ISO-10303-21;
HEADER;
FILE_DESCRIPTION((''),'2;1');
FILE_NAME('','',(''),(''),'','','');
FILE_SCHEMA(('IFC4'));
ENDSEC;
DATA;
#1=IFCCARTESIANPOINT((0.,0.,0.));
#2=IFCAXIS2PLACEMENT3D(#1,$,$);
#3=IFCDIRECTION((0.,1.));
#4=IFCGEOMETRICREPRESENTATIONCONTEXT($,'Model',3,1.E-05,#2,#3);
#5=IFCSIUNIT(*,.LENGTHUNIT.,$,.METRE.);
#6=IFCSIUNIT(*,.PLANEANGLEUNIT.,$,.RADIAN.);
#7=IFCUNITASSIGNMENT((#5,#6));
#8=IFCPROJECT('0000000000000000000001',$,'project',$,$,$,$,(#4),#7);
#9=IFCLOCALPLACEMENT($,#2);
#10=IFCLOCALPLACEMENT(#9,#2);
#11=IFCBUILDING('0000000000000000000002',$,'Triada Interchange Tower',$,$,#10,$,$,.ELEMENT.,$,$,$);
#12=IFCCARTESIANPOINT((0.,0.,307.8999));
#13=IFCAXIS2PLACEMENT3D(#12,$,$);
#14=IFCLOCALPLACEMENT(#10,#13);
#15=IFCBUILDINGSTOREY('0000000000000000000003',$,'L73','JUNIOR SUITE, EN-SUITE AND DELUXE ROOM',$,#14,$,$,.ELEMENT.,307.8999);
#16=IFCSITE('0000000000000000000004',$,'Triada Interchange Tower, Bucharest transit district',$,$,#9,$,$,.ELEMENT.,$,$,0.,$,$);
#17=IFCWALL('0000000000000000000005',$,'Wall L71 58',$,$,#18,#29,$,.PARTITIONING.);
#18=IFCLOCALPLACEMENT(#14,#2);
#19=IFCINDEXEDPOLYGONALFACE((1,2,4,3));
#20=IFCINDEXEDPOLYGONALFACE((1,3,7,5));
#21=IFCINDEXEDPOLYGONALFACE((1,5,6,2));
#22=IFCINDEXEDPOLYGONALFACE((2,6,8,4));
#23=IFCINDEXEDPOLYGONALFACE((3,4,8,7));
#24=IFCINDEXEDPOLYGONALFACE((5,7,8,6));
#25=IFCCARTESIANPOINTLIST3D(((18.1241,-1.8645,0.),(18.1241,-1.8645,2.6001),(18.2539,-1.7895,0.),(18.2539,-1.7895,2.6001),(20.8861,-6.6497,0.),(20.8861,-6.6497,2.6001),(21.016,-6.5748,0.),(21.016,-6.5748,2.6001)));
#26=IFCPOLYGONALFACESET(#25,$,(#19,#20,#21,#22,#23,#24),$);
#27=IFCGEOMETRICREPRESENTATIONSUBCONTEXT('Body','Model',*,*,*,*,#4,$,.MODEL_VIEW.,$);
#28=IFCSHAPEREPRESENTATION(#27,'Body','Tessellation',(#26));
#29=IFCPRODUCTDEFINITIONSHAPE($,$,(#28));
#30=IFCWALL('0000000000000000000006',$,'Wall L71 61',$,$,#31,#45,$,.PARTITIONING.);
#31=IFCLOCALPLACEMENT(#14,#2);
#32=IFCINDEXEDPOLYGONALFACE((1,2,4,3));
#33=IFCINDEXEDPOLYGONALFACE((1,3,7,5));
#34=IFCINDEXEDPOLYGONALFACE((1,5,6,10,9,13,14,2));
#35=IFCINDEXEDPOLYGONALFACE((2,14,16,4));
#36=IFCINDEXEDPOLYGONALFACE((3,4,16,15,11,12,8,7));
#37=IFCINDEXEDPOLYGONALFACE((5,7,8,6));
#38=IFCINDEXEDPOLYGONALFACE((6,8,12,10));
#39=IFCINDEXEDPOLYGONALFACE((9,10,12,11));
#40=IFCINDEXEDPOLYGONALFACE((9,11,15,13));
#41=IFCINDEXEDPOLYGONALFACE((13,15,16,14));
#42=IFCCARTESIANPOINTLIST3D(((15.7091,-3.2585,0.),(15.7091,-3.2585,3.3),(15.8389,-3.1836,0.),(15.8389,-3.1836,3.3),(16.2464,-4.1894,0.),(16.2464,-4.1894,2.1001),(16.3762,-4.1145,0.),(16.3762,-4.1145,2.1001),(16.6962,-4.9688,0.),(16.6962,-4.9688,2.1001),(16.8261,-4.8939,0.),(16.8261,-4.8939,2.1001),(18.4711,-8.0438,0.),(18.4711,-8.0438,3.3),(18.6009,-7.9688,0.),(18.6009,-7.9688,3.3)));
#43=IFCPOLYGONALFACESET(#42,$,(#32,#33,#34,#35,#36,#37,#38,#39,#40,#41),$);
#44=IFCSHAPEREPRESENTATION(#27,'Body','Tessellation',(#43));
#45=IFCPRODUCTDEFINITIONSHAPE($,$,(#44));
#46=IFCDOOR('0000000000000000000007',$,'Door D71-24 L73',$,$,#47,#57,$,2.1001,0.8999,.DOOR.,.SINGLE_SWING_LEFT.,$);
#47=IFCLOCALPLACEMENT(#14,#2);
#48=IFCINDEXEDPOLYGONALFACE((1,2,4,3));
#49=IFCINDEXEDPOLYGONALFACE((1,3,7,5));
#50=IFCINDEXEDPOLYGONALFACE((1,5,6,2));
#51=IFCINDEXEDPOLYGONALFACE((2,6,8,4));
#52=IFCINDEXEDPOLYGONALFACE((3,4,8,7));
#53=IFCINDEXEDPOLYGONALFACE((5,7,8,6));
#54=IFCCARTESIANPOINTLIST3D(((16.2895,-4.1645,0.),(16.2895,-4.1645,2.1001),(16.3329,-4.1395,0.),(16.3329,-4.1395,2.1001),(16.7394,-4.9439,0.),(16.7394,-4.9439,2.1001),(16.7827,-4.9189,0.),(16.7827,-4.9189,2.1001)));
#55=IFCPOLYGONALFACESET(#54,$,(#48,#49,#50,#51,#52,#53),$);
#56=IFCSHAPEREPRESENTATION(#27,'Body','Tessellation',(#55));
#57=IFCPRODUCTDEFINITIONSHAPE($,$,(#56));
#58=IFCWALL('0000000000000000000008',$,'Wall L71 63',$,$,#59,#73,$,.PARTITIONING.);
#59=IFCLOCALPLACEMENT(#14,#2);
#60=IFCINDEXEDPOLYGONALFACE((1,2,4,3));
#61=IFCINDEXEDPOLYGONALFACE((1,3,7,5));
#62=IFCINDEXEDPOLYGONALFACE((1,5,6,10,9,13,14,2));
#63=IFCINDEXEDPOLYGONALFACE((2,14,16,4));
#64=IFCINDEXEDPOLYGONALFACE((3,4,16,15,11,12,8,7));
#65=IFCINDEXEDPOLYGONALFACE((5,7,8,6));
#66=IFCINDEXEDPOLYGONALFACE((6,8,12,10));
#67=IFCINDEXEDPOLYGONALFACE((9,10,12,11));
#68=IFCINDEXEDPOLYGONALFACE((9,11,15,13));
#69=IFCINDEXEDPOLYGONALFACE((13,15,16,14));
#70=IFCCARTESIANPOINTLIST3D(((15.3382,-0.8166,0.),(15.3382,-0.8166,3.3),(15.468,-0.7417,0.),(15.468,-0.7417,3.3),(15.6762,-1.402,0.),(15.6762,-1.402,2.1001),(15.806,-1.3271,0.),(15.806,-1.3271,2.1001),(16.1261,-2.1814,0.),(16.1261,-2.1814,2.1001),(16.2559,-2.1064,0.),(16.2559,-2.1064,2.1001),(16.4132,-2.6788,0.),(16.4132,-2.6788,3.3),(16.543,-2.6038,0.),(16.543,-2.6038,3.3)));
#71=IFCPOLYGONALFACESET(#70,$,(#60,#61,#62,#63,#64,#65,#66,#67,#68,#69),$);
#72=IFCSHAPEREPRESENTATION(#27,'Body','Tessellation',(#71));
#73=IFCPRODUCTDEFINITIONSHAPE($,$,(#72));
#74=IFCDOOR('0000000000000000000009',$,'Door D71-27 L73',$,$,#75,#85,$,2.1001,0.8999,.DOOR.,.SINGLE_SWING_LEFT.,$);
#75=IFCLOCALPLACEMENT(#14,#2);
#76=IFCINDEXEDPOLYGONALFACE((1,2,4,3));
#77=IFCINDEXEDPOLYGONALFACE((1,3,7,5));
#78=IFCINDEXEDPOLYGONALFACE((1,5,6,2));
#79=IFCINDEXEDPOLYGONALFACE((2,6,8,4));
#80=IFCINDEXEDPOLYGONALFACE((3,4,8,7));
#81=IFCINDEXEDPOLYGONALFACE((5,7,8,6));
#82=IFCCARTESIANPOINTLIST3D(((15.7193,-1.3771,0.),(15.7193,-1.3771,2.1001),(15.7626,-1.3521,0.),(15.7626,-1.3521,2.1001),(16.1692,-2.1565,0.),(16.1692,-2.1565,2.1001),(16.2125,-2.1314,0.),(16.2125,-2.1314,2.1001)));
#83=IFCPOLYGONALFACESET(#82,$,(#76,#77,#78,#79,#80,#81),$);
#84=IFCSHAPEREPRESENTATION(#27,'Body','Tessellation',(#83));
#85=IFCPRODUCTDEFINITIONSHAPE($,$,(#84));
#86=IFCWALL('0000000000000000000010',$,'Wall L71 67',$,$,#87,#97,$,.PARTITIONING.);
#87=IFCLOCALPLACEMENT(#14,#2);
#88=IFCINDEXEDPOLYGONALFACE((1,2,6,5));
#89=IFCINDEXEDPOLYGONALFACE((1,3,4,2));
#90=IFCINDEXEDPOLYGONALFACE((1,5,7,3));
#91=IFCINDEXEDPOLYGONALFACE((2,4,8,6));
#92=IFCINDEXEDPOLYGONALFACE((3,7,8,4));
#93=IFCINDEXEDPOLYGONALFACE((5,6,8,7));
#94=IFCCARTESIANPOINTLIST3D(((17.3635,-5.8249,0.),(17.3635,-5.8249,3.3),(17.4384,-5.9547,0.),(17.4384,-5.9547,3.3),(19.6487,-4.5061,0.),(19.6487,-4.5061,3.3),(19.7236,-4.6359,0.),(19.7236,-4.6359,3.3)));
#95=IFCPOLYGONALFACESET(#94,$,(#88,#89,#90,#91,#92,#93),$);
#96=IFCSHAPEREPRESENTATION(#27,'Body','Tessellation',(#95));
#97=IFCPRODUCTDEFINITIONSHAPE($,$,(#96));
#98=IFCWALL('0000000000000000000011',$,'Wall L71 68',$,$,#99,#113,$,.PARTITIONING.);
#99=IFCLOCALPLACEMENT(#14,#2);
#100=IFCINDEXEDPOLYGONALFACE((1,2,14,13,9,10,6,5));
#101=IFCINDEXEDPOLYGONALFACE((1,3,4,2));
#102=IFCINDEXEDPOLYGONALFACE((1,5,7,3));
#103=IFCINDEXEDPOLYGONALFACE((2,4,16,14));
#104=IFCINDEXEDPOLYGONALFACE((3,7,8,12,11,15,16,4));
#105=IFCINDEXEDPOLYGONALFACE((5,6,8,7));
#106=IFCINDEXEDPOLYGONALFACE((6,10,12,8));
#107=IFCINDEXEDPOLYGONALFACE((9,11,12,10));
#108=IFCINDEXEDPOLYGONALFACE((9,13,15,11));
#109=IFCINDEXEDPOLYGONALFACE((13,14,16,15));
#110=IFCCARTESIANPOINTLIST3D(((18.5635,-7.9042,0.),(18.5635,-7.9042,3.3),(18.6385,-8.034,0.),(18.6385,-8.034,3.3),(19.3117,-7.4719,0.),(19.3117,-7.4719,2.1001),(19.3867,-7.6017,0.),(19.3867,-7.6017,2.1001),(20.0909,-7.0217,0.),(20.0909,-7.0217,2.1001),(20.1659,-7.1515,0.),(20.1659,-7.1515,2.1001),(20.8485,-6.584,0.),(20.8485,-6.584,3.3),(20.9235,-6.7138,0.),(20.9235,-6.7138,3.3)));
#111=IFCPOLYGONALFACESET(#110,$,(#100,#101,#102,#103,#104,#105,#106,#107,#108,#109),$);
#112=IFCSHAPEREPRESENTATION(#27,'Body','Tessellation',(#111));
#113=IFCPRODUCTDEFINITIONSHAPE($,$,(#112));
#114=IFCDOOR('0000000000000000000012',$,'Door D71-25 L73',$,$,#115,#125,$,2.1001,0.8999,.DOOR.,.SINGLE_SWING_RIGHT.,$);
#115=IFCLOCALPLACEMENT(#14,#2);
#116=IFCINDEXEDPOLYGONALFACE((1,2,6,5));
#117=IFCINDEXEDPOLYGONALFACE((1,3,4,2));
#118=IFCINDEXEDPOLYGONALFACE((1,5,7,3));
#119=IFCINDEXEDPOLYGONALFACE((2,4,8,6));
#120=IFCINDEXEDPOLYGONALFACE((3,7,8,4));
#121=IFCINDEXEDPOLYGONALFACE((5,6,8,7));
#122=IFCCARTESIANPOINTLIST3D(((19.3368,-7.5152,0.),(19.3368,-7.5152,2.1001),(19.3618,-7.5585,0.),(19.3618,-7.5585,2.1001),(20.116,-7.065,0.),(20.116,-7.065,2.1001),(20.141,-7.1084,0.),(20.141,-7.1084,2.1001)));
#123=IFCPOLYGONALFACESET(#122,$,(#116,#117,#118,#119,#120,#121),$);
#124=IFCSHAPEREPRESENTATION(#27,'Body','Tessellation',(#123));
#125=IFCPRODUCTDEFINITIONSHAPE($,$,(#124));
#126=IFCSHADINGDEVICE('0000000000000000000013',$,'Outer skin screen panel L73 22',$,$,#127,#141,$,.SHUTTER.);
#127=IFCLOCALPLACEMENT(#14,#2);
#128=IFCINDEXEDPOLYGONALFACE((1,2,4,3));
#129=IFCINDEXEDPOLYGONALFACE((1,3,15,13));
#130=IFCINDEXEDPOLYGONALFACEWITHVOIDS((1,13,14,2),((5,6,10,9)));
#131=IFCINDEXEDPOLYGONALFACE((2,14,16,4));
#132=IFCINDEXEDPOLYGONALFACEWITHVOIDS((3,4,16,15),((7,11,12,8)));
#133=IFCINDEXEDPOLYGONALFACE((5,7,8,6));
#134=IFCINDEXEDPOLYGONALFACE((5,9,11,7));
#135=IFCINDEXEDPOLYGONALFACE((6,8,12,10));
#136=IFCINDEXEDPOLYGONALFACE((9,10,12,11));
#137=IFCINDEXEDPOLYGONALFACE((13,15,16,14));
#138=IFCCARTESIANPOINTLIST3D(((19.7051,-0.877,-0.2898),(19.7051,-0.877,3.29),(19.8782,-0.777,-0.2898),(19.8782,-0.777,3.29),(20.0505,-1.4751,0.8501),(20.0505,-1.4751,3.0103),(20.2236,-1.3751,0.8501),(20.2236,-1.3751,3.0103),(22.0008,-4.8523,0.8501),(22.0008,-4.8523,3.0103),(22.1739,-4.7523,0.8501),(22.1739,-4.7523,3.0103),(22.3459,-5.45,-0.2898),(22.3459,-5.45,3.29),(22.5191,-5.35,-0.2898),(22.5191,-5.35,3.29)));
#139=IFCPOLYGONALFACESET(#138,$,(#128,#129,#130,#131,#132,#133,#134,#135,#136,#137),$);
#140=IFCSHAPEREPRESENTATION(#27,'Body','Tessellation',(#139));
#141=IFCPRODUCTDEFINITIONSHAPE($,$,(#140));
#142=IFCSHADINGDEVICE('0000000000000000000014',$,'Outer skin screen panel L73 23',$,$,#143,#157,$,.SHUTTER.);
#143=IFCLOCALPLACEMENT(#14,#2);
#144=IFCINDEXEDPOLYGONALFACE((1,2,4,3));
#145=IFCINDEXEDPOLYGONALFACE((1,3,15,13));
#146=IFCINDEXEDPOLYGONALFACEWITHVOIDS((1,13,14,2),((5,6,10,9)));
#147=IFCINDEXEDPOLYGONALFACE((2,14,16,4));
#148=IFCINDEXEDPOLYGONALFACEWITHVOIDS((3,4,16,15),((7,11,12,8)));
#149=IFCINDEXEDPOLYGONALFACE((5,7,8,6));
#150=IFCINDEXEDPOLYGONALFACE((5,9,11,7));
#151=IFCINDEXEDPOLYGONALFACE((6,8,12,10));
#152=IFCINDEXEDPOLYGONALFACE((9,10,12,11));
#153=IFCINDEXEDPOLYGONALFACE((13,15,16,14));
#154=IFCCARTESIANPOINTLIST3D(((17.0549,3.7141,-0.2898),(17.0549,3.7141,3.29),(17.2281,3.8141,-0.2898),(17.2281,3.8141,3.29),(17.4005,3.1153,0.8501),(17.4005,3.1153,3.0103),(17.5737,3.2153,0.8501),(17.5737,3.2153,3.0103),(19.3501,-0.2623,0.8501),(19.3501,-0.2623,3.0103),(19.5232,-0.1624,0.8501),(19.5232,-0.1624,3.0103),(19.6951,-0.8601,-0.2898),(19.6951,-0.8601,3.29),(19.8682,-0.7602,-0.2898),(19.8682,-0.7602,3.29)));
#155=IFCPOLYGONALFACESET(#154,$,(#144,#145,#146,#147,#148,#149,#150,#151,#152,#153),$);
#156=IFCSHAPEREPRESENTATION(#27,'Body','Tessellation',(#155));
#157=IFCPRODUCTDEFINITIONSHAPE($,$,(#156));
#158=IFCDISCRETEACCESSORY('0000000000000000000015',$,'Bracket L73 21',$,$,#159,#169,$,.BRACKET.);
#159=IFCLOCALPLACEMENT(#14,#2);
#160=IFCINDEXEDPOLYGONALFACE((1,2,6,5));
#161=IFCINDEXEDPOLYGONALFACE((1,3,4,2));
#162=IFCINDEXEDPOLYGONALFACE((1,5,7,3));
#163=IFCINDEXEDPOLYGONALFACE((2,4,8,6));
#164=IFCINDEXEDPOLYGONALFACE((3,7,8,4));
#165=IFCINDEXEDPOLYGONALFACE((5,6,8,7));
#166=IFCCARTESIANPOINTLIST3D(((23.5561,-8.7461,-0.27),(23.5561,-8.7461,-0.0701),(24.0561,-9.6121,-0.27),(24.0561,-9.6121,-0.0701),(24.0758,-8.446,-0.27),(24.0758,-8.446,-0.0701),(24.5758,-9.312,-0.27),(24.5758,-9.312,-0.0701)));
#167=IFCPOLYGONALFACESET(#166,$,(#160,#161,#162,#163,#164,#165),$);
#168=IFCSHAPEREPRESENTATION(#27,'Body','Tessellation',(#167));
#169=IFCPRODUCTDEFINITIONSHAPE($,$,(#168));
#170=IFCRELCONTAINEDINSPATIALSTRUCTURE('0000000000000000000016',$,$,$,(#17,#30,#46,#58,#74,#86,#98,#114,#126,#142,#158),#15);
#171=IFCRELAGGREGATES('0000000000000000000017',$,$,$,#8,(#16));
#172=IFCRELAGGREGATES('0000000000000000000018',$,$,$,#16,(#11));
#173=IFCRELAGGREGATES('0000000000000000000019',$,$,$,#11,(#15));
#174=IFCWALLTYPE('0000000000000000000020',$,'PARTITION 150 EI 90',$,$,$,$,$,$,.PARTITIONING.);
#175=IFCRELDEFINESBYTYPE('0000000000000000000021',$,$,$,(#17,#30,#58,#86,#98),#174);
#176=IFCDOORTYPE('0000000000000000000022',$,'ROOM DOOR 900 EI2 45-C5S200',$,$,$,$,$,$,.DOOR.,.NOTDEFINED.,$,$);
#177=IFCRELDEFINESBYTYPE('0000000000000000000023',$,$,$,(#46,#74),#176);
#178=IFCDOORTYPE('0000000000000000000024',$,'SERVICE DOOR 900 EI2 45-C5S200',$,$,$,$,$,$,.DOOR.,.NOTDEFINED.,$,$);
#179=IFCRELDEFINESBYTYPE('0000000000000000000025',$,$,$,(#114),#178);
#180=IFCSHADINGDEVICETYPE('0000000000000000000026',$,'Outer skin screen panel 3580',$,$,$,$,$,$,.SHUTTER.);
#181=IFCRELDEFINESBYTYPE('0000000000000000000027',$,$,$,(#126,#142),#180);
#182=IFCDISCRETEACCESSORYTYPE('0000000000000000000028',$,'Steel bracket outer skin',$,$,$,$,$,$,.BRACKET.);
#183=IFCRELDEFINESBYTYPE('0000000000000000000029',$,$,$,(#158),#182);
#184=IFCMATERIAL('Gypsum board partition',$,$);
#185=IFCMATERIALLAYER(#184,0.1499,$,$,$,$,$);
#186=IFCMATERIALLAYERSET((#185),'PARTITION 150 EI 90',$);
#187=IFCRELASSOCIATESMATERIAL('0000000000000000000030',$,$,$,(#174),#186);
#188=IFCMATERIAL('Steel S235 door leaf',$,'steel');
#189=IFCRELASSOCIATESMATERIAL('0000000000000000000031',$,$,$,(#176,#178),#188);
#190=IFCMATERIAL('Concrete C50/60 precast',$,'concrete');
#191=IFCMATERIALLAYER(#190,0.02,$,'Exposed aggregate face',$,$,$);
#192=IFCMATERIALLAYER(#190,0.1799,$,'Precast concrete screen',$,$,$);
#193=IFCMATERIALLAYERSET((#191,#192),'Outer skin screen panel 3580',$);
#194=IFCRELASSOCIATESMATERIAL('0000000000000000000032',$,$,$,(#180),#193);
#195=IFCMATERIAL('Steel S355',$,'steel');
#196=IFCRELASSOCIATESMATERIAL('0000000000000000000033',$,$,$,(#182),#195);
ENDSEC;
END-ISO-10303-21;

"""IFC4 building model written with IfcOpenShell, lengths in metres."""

from ifc_helpers import new_model, si_unit, direction, frame, frame_2d, origin, origin_2d, place, context, subcontext, project, spatial, polyline, rectangle, outline, extrude, material, layer, layer_set, type_object, element, fill, save


model = new_model("IFC4")

# Units and contexts
model_context = context("Model", 3, precision=1e-05, world=origin(), true_north=direction((0.0, 1.0)))
body_context = subcontext(model_context, "Body", "Model", "MODEL_VIEW")
ifc_project = project(units=[si_unit("LENGTHUNIT", "METRE"), si_unit("PLANEANGLEUNIT", "RADIAN")], contexts=[model_context])

# Site, building, storey
site_placement = place(None, origin())
site = spatial("IfcSite", under=ifc_project, at=site_placement, Name="Triada Interchange Tower, Bucharest transit district", CompositionType="ELEMENT", RefElevation=0.0)
building_placement = place(site_placement, origin())
building = spatial("IfcBuilding", under=site, at=building_placement, Name="Triada Interchange Tower", CompositionType="ELEMENT")
storey_placement = place(building_placement, frame((0.0, 0.0, 307.8999)))
storey = spatial("IfcBuildingStorey", under=building, at=storey_placement, Name="L73", Description="JUNIOR SUITE, EN-SUITE AND DELUXE ROOM", CompositionType="ELEMENT", Elevation=307.8999)

# Wall
ifc_material_1 = material(Name="Gypsum board partition")
ifc_layer_1 = layer(ifc_material_1, 0.1499)
ifc_layer_set_1 = layer_set([ifc_layer_1], Name="PARTITION 150 EI 90")
wall_type_1 = type_object("IfcWallType", Name="PARTITION 150 EI 90", PredefinedType="PARTITIONING", material=ifc_layer_set_1)
wall_1_placement = place(storey_placement, frame((18.189, -1.8269, 0.0), z_axis=(0.0, 0.0, 1.0), x_axis=(0.499898, -0.866084, 0.0)))
element("IfcWall", 1, at=wall_1_placement, inside=storey, type_object=wall_type_1, Name="Wall L71 58", PredefinedType="PARTITIONING", context=body_context, shape_type="SweptSolid", body=[
    extrude(rectangle(XDim=5.5251, YDim=0.1499, at=frame_2d((2.7627, 0.0))), origin(), (0.0, 0.0, 1.0), 2.6001),
])

# Walls, openings, doors
wall_2_placement = place(storey_placement, frame((15.7739, -3.2209, 0.0), z_axis=(0.0, 0.0, 1.0), x_axis=(0.499898, -0.866084, 0.0)))
wall_2 = element("IfcWall", 2, at=wall_2_placement, inside=storey, type_object=wall_type_1, Name="Wall L71 61", PredefinedType="PARTITIONING", context=body_context, shape_type="SweptSolid", body=[
    extrude(rectangle(XDim=5.5251, YDim=0.1499, at=frame_2d((2.7627, 0.0))), origin(), (0.0, 0.0, 1.0), 3.3),
])
opening_1_placement = place(wall_2_placement, frame((1.075, 0.0, 0.0)))
opening_1 = element("IfcOpeningElement", 3, at=opening_1_placement, cuts=wall_2, PredefinedType="OPENING", context=body_context, shape_type="SweptSolid", body=[
    extrude(rectangle(XDim=0.8999, YDim=2.1001, at=frame_2d((0.45, 1.05))), frame((0.0, 0.085, 0.0), z_axis=(0.0, -1.0, 0.0), x_axis=(1.0, 0.0, 0.0)), (0.0, 0.0, 1.0), 0.1699),
])
ifc_material_2 = material(Name="Steel S235 door leaf", Category="steel")
door_type_1 = type_object("IfcDoorType", Name="ROOM DOOR 900 EI2 45-C5S200", OperationType="NOTDEFINED", PredefinedType="DOOR", material=ifc_material_2)
door_1_placement = place(opening_1_placement, origin())
door_1 = element("IfcDoor", 4, at=door_1_placement, inside=storey, type_object=door_type_1, Name="Door D71-24 L73", OperationType="SINGLE_SWING_LEFT", OverallHeight=2.1001, OverallWidth=0.8999, PredefinedType="DOOR", context=body_context, shape_type="SweptSolid", body=[
    extrude(rectangle(XDim=0.8999, YDim=2.1001, at=frame_2d((0.45, 1.05))), frame((0.0, 0.0249, 0.0), z_axis=(0.0, -1.0, 0.0), x_axis=(1.0, 0.0, 0.0)), (0.0, 0.0, 1.0), 0.05),
])
fill(opening_1, door_1)
wall_3_placement = place(storey_placement, frame((15.4031, -0.7791, 0.0), z_axis=(0.0, 0.0, 1.0), x_axis=(0.499962, -0.866048, 0.0)))
wall_3 = element("IfcWall", 5, at=wall_3_placement, inside=storey, type_object=wall_type_1, Name="Wall L71 63", PredefinedType="PARTITIONING", context=body_context, shape_type="SweptSolid", body=[
    extrude(rectangle(XDim=2.1501, YDim=0.1499, at=frame_2d((1.0752, 0.0))), origin(), (0.0, 0.0, 1.0), 3.3),
])
opening_2_placement = place(wall_3_placement, frame((0.676, 0.0, 0.0)))
opening_2 = element("IfcOpeningElement", 6, at=opening_2_placement, cuts=wall_3, PredefinedType="OPENING", context=body_context, shape_type="SweptSolid", body=[
    extrude(rectangle(XDim=0.8999, YDim=2.1001, at=frame_2d((0.45, 1.05))), frame((0.0, 0.085, 0.0), z_axis=(0.0, -1.0, 0.0), x_axis=(1.0, 0.0, 0.0)), (0.0, 0.0, 1.0), 0.1699),
])
door_2_placement = place(opening_2_placement, origin())
door_2 = element("IfcDoor", 7, at=door_2_placement, inside=storey, type_object=door_type_1, Name="Door D71-27 L73", OperationType="SINGLE_SWING_LEFT", OverallHeight=2.1001, OverallWidth=0.8999, PredefinedType="DOOR", context=body_context, shape_type="SweptSolid", body=[
    extrude(rectangle(XDim=0.8999, YDim=2.1001, at=frame_2d((0.45, 1.05))), frame((0.0, 0.0249, 0.0), z_axis=(0.0, -1.0, 0.0), x_axis=(1.0, 0.0, 0.0)), (0.0, 0.0, 1.0), 0.05),
])
fill(opening_2, door_2)

# Wall
wall_4_placement = place(storey_placement, frame((17.4009, -5.8899, 0.0), z_axis=(0.0, 0.0, 1.0), x_axis=(0.866105, 0.499861, 0.0)))
element("IfcWall", 8, at=wall_4_placement, inside=storey, type_object=wall_type_1, Name="Wall L71 67", PredefinedType="PARTITIONING", context=body_context, shape_type="SweptSolid", body=[
    extrude(rectangle(XDim=2.6384, YDim=0.1499, at=frame_2d((1.3193, 0.0))), origin(), (0.0, 0.0, 1.0), 3.3),
])

# Wall, opening, door
wall_5_placement = place(storey_placement, frame((18.6011, -7.969, 0.0), z_axis=(0.0, 0.0, 1.0), x_axis=(0.865882, 0.500248, 0.0)))
wall_5 = element("IfcWall", 9, at=wall_5_placement, inside=storey, type_object=wall_type_1, Name="Wall L71 68", PredefinedType="PARTITIONING", context=body_context, shape_type="SweptSolid", body=[
    extrude(rectangle(XDim=2.6389, YDim=0.1499, at=frame_2d((1.3193, 0.0))), origin(), (0.0, 0.0, 1.0), 3.3),
])
opening_3_placement = place(wall_5_placement, frame((0.864, 0.0, 0.0)))
opening_3 = element("IfcOpeningElement", 10, at=opening_3_placement, cuts=wall_5, PredefinedType="OPENING", context=body_context, shape_type="SweptSolid", body=[
    extrude(rectangle(XDim=0.8999, YDim=2.1001, at=frame_2d((0.45, 1.05))), frame((0.0, 0.085, 0.0), z_axis=(0.0, -1.0, 0.0), x_axis=(1.0, 0.0, 0.0)), (0.0, 0.0, 1.0), 0.1699),
])
door_type_2 = type_object("IfcDoorType", Name="SERVICE DOOR 900 EI2 45-C5S200", OperationType="NOTDEFINED", PredefinedType="DOOR", material=ifc_material_2)
door_3_placement = place(opening_3_placement, origin())
door_3 = element("IfcDoor", 11, at=door_3_placement, inside=storey, type_object=door_type_2, Name="Door D71-25 L73", OperationType="SINGLE_SWING_RIGHT", OverallHeight=2.1001, OverallWidth=0.8999, PredefinedType="DOOR", context=body_context, shape_type="SweptSolid", body=[
    extrude(rectangle(XDim=0.8999, YDim=2.1001, at=frame_2d((0.45, 1.05))), frame((0.0, 0.0249, 0.0), z_axis=(0.0, -1.0, 0.0), x_axis=(1.0, 0.0, 0.0)), (0.0, 0.0, 1.0), 0.05),
])
fill(opening_3, door_3)

# Shading devices
ifc_material_3 = material(Name="Concrete C50/60 precast", Category="concrete")
ifc_layer_2 = layer(ifc_material_3, 0.02, Name="Exposed aggregate face")
ifc_layer_3 = layer(ifc_material_3, 0.1799, Name="Precast concrete screen")
ifc_layer_set_2 = layer_set([ifc_layer_2, ifc_layer_3], Name="Outer skin screen panel 3580")
shading_device_type = type_object("IfcShadingDeviceType", Name="Outer skin screen panel 3580", PredefinedType="SHUTTER", material=ifc_layer_set_2)
shading_device_1_placement = place(storey_placement, frame((22.3459, -5.45, -0.2898), z_axis=(0.0, 0.0, 1.0), x_axis=(-0.500092, 0.865972, 0.0)))
element("IfcShadingDevice", 12, at=shading_device_1_placement, inside=storey, type_object=shading_device_type, Name="Outer skin screen panel L73 22", PredefinedType="SHUTTER", context=body_context, shape_type="SweptSolid", body=[
    extrude(outline(polyline([(0.0, 0.0), (5.2808, 0.0), (5.2808, 3.5798), (0.0, 3.5798), (0.0, 0.0)]), holes=[polyline([(0.6902, 1.1399), (0.6902, 3.3), (4.5901, 3.3), (4.5901, 1.1399), (0.6902, 1.1399)])]), frame((0.0, 0.0, 0.0), z_axis=(0.0, -1.0, 0.0), x_axis=(1.0, 0.0, 0.0)), (0.0, 0.0, 1.0), 0.2),
])
shading_device_2_placement = place(storey_placement, frame((19.6951, -0.8601, -0.2898), z_axis=(0.0, 0.0, 1.0), x_axis=(-0.499888, 0.86609, 0.0)))
element("IfcShadingDevice", 13, at=shading_device_2_placement, inside=storey, type_object=shading_device_type, Name="Outer skin screen panel L73 23", PredefinedType="SHUTTER", context=body_context, shape_type="SweptSolid", body=[
    extrude(outline(polyline([(0.0, 0.0), (5.2815, 0.0), (5.2815, 3.5798), (0.0, 3.5798), (0.0, 0.0)]), holes=[polyline([(0.6902, 1.1399), (0.6902, 3.3), (4.5901, 3.3), (4.5901, 1.1399), (0.6902, 1.1399)])]), frame((0.0, 0.0, 0.0), z_axis=(0.0, -1.0, 0.0), x_axis=(1.0, 0.0, 0.0)), (0.0, 0.0, 1.0), 0.2),
])

# Discrete accessory
ifc_material_4 = material(Name="Steel S355", Category="steel")
discrete_accessory_type = type_object("IfcDiscreteAccessoryType", Name="Steel bracket outer skin", PredefinedType="BRACKET", material=ifc_material_4)
for number, where, z_axis, x_axis, name in (
    (14, (24.0659, -9.0291, -0.27), (0.0, 0.0, 1.0), (0.866027, 0.499997, 0.0), "Bracket L73 21"),
):
    element("IfcDiscreteAccessory", number, at=place(storey_placement, frame(where, z_axis=z_axis, x_axis=x_axis)), inside=storey, type_object=discrete_accessory_type, Name=name, PredefinedType="BRACKET", context=body_context, shape_type="SweptSolid", body=[
        extrude(rectangle(XDim=0.6001, YDim=1.0, at=origin_2d()), origin(), (0.0, 0.0, 1.0), 0.2),
    ])

save(model, "model.ifc")
